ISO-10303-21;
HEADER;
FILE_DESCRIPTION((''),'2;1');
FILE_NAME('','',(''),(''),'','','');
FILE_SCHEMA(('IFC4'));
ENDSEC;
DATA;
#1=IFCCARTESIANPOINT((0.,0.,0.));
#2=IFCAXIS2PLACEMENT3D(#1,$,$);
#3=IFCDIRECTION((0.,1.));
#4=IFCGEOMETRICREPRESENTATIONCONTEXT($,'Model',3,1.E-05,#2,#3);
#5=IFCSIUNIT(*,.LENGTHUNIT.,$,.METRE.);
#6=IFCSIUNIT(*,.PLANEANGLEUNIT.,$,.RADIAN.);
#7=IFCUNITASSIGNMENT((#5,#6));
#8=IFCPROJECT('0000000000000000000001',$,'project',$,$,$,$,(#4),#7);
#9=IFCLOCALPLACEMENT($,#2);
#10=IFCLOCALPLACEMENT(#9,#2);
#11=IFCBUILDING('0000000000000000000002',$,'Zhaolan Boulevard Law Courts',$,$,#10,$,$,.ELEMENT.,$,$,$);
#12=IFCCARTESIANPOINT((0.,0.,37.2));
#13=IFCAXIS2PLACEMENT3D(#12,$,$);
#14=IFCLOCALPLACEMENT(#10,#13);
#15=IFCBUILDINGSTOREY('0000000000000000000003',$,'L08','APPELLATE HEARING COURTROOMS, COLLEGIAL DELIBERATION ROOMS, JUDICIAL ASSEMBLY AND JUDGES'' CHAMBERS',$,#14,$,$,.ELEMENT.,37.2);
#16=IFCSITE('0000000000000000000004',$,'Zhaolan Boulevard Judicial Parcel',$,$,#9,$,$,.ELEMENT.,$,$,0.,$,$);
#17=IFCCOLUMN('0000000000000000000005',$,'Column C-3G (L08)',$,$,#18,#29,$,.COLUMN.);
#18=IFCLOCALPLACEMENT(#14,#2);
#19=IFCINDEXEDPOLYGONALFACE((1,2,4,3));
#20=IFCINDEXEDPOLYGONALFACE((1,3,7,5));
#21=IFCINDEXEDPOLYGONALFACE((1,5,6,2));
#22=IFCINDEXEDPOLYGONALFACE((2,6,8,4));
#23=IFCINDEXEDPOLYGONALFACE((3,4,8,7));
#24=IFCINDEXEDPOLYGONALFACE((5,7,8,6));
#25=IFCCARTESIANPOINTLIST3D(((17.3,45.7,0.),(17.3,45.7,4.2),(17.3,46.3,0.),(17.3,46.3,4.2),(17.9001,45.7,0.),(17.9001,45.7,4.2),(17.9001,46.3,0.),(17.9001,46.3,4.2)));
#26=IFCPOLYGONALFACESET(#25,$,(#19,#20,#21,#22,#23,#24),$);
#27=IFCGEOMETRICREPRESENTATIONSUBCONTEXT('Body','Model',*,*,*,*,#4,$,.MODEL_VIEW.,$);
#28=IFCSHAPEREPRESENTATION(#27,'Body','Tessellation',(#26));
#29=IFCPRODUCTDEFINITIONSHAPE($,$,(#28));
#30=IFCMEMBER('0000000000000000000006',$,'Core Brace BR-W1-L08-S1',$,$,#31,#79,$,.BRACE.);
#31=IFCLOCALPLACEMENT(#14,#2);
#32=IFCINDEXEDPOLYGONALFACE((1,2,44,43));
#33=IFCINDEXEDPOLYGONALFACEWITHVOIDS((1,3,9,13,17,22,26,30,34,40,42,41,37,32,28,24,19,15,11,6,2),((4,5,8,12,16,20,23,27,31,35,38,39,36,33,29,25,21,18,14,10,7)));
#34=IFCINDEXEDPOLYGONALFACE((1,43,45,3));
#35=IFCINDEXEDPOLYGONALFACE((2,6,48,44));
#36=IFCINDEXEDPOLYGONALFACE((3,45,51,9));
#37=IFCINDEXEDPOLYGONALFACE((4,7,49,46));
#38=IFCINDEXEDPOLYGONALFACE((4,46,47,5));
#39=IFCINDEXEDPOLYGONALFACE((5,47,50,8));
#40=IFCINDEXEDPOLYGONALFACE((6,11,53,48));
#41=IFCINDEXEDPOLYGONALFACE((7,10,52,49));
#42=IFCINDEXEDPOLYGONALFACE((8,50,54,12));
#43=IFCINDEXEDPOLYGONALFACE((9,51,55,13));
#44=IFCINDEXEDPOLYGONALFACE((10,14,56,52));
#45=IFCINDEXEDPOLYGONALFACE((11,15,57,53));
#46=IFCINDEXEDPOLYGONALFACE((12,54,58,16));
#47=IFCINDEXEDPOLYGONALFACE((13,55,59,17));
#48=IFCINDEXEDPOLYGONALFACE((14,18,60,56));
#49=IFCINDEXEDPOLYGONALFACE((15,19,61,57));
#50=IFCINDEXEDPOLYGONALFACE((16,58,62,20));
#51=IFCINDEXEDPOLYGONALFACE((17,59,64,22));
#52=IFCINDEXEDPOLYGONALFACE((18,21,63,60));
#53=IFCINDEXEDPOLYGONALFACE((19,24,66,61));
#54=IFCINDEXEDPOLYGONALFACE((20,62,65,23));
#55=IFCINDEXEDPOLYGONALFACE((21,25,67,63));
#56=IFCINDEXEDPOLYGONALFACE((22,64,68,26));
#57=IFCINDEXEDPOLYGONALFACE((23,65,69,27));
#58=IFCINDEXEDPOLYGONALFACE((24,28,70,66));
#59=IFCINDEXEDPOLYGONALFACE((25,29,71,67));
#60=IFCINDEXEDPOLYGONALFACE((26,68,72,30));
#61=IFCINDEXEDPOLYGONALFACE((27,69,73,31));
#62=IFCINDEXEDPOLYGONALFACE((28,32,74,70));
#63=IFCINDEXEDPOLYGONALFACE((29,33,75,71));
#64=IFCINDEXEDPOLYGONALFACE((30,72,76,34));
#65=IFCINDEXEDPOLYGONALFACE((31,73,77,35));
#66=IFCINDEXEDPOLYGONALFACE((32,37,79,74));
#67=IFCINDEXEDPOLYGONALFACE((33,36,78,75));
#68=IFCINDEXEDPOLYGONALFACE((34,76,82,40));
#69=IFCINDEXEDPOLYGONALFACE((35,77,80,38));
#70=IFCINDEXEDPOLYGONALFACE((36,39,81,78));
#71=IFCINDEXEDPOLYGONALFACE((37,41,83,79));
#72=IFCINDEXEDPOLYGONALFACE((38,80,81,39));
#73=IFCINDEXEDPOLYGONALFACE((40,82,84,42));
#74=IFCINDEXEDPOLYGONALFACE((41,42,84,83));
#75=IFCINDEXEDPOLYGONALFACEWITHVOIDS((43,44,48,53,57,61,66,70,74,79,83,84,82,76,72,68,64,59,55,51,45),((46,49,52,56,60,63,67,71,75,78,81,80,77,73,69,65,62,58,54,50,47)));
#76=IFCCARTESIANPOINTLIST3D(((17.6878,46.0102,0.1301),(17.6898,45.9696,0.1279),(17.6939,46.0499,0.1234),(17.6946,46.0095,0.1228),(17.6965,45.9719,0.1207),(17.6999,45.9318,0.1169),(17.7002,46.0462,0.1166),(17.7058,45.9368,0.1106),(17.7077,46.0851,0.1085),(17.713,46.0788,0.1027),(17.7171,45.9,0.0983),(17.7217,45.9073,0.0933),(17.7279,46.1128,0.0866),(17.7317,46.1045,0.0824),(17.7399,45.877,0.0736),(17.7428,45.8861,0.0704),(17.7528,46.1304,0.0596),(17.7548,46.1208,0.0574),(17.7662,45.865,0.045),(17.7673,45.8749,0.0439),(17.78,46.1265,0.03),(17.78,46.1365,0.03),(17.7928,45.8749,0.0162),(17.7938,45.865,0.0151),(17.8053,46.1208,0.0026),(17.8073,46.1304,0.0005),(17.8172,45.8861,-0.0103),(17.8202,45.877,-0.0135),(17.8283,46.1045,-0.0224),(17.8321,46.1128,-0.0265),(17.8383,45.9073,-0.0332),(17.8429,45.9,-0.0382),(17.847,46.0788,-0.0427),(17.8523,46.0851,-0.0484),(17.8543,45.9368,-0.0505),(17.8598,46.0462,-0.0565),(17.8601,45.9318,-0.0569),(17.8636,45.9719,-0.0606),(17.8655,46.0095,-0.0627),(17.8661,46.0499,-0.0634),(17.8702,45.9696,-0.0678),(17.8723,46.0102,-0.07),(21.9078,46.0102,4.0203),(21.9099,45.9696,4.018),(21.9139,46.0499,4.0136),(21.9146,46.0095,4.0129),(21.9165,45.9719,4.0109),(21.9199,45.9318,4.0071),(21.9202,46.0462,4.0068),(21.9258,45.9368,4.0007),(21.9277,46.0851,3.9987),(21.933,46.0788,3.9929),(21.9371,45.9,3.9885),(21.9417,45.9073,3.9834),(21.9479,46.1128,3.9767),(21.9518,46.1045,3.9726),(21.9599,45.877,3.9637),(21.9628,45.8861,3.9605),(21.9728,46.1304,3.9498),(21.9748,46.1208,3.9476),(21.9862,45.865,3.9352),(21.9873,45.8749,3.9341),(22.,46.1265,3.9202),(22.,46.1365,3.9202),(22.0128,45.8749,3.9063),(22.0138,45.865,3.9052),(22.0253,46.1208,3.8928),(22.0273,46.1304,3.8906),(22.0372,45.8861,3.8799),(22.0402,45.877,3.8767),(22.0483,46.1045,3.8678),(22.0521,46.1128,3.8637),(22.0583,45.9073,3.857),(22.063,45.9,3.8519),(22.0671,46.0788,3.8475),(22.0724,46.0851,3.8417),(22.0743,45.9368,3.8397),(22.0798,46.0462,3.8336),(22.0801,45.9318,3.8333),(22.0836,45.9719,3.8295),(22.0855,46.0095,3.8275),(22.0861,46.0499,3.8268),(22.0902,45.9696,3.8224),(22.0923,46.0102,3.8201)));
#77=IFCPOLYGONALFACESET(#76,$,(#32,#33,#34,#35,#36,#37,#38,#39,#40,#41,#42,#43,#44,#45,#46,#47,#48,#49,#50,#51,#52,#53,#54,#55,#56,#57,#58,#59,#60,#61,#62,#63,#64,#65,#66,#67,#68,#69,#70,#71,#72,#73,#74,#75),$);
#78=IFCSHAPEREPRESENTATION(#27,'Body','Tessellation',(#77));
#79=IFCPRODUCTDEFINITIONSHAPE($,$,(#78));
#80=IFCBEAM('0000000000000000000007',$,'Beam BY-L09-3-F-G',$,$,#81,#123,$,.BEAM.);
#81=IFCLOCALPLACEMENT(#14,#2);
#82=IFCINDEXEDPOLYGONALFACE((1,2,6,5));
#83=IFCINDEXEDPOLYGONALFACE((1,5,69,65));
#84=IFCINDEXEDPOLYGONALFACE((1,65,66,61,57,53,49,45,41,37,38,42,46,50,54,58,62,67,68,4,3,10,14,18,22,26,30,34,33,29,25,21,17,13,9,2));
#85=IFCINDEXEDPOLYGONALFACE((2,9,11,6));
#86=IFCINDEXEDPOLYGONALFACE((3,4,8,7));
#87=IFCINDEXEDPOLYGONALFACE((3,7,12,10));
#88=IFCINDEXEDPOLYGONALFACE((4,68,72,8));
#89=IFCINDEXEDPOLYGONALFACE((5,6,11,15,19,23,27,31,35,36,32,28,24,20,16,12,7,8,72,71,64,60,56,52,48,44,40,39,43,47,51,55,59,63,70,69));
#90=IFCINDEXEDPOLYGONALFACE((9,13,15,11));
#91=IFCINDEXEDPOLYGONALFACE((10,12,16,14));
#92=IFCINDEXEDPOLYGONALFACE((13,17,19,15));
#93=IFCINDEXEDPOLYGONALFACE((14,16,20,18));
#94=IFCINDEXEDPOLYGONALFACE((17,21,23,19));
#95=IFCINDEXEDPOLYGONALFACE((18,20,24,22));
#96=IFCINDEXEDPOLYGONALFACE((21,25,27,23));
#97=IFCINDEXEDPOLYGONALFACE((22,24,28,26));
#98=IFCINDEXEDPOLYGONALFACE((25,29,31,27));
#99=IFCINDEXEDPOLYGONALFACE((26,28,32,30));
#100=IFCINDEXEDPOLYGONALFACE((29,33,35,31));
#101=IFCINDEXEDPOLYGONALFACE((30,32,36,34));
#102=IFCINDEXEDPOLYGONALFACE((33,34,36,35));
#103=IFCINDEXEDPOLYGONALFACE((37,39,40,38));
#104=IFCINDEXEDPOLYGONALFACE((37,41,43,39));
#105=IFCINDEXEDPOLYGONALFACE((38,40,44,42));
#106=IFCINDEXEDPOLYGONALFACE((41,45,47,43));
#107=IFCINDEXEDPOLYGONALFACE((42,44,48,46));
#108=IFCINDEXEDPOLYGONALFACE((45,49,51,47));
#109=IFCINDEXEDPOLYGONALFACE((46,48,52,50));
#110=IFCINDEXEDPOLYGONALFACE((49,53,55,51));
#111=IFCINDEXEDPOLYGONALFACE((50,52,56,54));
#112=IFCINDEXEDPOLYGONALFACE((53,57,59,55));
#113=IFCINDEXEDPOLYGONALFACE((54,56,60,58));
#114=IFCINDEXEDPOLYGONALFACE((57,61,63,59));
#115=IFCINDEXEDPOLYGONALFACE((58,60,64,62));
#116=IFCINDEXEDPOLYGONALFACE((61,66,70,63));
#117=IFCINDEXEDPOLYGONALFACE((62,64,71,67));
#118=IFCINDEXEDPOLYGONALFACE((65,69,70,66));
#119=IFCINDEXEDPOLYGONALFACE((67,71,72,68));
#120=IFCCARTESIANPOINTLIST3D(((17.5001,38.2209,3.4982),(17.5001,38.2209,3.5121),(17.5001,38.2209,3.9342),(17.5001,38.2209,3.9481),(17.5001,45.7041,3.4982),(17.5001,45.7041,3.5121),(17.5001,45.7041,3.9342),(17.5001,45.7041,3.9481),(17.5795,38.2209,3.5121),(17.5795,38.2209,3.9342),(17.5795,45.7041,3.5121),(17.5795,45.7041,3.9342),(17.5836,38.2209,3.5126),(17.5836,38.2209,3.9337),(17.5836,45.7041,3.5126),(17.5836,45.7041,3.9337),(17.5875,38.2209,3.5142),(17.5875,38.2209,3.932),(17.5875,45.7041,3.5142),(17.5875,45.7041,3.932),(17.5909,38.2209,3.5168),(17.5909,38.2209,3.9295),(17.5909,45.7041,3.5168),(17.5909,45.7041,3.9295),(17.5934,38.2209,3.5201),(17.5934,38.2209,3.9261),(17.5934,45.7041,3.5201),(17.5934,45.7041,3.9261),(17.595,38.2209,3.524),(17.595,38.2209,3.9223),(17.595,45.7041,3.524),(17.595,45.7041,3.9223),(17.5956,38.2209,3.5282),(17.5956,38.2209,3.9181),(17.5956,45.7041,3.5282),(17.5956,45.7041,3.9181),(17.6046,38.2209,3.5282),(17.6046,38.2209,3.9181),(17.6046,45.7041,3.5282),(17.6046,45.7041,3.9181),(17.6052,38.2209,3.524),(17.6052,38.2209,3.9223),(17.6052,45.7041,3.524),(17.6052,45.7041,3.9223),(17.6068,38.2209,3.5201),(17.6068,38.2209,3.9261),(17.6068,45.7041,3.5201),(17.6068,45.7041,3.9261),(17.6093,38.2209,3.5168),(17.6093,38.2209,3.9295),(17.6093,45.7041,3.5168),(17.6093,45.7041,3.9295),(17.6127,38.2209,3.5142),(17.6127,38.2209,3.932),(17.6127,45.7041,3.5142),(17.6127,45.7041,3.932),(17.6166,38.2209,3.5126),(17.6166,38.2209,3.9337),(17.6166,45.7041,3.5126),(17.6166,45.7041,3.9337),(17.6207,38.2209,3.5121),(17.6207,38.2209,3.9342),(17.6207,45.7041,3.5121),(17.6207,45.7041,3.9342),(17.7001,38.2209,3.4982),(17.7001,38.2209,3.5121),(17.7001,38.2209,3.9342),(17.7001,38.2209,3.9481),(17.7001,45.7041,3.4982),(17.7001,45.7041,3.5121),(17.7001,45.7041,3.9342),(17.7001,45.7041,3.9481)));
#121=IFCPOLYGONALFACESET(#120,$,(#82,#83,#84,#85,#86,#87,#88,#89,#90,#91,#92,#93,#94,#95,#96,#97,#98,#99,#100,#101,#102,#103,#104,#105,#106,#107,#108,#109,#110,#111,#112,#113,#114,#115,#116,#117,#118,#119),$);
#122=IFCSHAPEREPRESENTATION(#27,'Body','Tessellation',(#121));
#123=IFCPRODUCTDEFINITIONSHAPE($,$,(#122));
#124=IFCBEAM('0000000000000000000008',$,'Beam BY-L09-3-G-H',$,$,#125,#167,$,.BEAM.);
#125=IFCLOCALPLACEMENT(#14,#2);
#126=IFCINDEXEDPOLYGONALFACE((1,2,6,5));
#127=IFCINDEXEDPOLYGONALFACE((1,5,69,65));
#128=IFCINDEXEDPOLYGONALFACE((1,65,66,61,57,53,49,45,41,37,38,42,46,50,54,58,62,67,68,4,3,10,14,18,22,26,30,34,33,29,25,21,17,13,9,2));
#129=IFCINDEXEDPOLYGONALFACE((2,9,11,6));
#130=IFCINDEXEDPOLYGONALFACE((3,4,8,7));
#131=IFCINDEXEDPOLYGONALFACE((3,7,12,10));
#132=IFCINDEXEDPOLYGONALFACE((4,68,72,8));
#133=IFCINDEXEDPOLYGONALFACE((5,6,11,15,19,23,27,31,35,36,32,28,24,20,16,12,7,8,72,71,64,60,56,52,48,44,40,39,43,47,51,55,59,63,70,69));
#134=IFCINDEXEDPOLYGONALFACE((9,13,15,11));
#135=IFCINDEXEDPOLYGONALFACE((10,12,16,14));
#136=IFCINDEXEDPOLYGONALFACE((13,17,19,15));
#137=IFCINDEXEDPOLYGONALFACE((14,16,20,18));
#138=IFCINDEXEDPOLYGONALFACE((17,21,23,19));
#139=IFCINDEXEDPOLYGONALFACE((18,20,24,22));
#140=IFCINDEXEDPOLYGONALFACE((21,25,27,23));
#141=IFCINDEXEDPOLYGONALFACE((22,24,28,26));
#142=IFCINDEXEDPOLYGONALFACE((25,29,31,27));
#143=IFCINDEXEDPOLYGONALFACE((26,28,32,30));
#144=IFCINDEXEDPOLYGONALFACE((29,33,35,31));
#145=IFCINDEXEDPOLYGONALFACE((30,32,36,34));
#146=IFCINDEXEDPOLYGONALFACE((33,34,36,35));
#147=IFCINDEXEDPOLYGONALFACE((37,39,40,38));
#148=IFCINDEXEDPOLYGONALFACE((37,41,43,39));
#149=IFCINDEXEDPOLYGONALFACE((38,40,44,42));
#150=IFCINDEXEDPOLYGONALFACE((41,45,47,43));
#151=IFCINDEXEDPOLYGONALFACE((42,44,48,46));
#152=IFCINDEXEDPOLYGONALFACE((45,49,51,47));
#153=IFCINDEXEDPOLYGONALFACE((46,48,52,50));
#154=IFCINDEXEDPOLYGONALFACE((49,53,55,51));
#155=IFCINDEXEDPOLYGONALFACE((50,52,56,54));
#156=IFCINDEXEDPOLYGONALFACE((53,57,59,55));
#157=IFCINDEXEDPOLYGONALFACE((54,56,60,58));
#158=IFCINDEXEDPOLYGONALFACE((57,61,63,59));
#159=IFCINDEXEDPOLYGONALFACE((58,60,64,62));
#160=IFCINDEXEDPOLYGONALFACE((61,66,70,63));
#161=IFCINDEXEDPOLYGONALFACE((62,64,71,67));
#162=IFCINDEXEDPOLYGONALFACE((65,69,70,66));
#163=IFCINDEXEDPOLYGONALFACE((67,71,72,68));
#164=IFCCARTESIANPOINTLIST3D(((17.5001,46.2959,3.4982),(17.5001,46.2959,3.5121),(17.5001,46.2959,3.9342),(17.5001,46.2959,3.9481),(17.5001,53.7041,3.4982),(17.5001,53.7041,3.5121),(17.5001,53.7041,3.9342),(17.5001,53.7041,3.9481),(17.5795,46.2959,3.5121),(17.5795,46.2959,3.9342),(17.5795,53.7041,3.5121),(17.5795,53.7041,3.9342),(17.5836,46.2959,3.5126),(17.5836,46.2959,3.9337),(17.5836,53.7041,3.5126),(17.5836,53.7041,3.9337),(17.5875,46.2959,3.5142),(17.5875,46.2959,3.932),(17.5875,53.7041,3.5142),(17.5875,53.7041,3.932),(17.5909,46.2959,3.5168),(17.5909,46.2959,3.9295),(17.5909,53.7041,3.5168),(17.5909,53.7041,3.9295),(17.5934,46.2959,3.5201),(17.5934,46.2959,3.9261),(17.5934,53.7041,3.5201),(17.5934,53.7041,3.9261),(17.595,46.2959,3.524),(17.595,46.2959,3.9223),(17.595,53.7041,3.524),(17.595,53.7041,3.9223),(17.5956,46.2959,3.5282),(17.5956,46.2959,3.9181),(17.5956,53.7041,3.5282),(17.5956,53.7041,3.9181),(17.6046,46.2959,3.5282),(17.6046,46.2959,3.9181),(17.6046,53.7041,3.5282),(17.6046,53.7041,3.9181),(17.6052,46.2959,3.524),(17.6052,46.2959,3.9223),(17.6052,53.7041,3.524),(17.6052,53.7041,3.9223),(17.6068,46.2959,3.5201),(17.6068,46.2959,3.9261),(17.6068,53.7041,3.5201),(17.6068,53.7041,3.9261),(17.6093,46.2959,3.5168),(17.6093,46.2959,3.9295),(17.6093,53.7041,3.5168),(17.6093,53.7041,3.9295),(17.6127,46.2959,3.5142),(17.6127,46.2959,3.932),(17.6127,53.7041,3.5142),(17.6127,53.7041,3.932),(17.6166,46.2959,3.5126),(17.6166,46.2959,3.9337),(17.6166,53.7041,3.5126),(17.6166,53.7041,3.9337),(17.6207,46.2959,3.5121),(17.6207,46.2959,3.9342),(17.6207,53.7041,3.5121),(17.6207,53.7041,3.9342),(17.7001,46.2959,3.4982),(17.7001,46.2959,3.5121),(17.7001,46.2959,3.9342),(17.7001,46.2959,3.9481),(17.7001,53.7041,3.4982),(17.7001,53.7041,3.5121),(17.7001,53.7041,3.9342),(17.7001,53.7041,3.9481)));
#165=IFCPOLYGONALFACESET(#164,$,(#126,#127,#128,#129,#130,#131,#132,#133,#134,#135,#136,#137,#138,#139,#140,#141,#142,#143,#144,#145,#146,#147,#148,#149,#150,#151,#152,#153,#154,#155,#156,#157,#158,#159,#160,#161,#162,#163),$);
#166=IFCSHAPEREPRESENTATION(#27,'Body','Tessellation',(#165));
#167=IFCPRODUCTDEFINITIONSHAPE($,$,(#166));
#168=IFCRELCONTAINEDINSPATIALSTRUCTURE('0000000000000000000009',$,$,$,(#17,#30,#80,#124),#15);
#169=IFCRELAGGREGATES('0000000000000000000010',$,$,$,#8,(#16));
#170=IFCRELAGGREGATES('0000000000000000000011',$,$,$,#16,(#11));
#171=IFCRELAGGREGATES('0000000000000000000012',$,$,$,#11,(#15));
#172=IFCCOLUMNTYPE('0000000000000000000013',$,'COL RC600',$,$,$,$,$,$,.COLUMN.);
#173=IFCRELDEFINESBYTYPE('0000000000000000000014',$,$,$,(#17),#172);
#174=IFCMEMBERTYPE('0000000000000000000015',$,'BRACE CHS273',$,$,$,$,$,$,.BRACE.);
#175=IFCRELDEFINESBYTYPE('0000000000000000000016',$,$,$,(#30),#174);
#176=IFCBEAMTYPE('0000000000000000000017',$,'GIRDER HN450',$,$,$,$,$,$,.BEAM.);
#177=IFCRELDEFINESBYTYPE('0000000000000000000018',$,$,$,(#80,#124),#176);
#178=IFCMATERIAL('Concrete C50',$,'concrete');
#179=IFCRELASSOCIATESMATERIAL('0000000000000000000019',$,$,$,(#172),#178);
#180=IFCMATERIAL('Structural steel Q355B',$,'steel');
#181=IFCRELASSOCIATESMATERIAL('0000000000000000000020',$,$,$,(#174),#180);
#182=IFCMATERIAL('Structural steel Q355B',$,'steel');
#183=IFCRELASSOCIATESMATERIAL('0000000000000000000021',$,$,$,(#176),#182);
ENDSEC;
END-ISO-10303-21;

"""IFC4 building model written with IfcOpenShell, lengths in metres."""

from ifc_helpers import new_model, si_unit, direction, frame, origin, origin_2d, place, context, subcontext, project, spatial, rectangle, hollow_circle, i_section, extrude, material, material_profile, profile_set, type_object, element, save


model = new_model("IFC4")

# Units and contexts
model_context = context("Model", 3, precision=1e-05, world=origin(), true_north=direction((0.0, 1.0)))
body_context = subcontext(model_context, "Body", "Model", "MODEL_VIEW")
ifc_project = project(units=[si_unit("LENGTHUNIT", "METRE"), si_unit("PLANEANGLEUNIT", "RADIAN")], contexts=[model_context])

# Site, building, storey
site_placement = place(None, origin())
site = spatial("IfcSite", under=ifc_project, at=site_placement, Name="Zhaolan Boulevard Judicial Parcel", CompositionType="ELEMENT", RefElevation=0.0)
building_placement = place(site_placement, origin())
building = spatial("IfcBuilding", under=site, at=building_placement, Name="Zhaolan Boulevard Law Courts", CompositionType="ELEMENT")
storey_placement = place(building_placement, frame((0.0, 0.0, 37.2)))
storey = spatial("IfcBuildingStorey", under=building, at=storey_placement, Name="L08", Description="APPELLATE HEARING COURTROOMS, COLLEGIAL DELIBERATION ROOMS, JUDICIAL ASSEMBLY AND JUDGES' CHAMBERS", CompositionType="ELEMENT", Elevation=37.2)

# Column
ifc_material_1 = material(Name="Concrete C50", Category="concrete")
ifc_material_profile_1 = material_profile(ifc_material_1, rectangle(XDim=0.6001, YDim=0.6001, at=origin_2d()), Name="RC600x600")
ifc_profile_set_1 = profile_set([ifc_material_profile_1], Name="Concrete C50")
column_type = type_object("IfcColumnType", Name="COL RC600", PredefinedType="COLUMN", material=ifc_profile_set_1)
column_placement = place(storey_placement, frame((17.6001, 46.0, 0.0), z_axis=(0.0, 0.0, 1.0), x_axis=(1.0, 0.0, 0.0)))
element("IfcColumn", 1, at=column_placement, inside=storey, type_object=column_type, Name="Column C-3G (L08)", PredefinedType="COLUMN", context=body_context, shape_type="SweptSolid", body=[
    extrude(rectangle(XDim=0.6001, YDim=0.6001, at=origin_2d()), origin(), (0.0, 0.0, 1.0), 4.2),
])

# Member
ifc_material_2 = material(Name="Structural steel Q355B", Category="steel")
ifc_material_profile_2 = material_profile(ifc_material_2, hollow_circle(Radius=0.1365, WallThickness=0.01, at=origin_2d()), Name="CHS273x10")
ifc_profile_set_2 = profile_set([ifc_material_profile_2], Name="Structural steel Q355B")
member_type = type_object("IfcMemberType", Name="BRACE CHS273", PredefinedType="BRACE", material=ifc_profile_set_2)
member_placement = place(storey_placement, frame((17.78, 46.0, 0.03), z_axis=(0.735257, 0.0, 0.677789), x_axis=(0.0, 1.0, 0.0)))
element("IfcMember", 2, at=member_placement, inside=storey, type_object=member_type, Name="Core Brace BR-W1-L08-S1", PredefinedType="BRACE", context=body_context, shape_type="SweptSolid", body=[
    extrude(hollow_circle(Radius=0.1365, WallThickness=0.01, at=origin_2d()), origin(), (0.0, 0.0, 1.0), 5.7395),
])

# Beams
ifc_material_3 = material(Name="Structural steel Q355B", Category="steel")
ifc_material_profile_3 = material_profile(ifc_material_3, i_section(OverallWidth=0.2, OverallDepth=0.45, WebThickness=0.009, FlangeThickness=0.0139, FilletRadius=0.0161, at=origin_2d()), Name="HN450x200")
ifc_profile_set_3 = profile_set([ifc_material_profile_3], Name="Structural steel Q355B")
beam_type_1 = type_object("IfcBeamType", Name="GIRDER HN450", PredefinedType="BEAM", material=ifc_profile_set_3)
beam_1_placement = place(storey_placement, frame((17.6001, 38.2209, 3.7231), z_axis=(0.0, 1.0, 0.0), x_axis=(-1.0, 0.0, 0.0)))
element("IfcBeam", 3, at=beam_1_placement, inside=storey, type_object=beam_type_1, Name="Beam BY-L09-3-F-G", PredefinedType="BEAM", context=body_context, shape_type="SweptSolid", body=[
    extrude(i_section(OverallWidth=0.2, OverallDepth=0.45, WebThickness=0.009, FlangeThickness=0.0139, FilletRadius=0.0161, at=origin_2d()), origin(), (0.0, 0.0, 1.0), 7.4832),
])
beam_2_placement = place(storey_placement, frame((17.6001, 46.2959, 3.7231), z_axis=(0.0, 1.0, 0.0), x_axis=(-1.0, 0.0, 0.0)))
element("IfcBeam", 4, at=beam_2_placement, inside=storey, type_object=beam_type_1, Name="Beam BY-L09-3-G-H", PredefinedType="BEAM", context=body_context, shape_type="SweptSolid", body=[
    extrude(i_section(OverallWidth=0.2, OverallDepth=0.45, WebThickness=0.009, FlangeThickness=0.0139, FilletRadius=0.0161, at=origin_2d()), origin(), (0.0, 0.0, 1.0), 7.4082),
])

save(model, "model.ifc")
